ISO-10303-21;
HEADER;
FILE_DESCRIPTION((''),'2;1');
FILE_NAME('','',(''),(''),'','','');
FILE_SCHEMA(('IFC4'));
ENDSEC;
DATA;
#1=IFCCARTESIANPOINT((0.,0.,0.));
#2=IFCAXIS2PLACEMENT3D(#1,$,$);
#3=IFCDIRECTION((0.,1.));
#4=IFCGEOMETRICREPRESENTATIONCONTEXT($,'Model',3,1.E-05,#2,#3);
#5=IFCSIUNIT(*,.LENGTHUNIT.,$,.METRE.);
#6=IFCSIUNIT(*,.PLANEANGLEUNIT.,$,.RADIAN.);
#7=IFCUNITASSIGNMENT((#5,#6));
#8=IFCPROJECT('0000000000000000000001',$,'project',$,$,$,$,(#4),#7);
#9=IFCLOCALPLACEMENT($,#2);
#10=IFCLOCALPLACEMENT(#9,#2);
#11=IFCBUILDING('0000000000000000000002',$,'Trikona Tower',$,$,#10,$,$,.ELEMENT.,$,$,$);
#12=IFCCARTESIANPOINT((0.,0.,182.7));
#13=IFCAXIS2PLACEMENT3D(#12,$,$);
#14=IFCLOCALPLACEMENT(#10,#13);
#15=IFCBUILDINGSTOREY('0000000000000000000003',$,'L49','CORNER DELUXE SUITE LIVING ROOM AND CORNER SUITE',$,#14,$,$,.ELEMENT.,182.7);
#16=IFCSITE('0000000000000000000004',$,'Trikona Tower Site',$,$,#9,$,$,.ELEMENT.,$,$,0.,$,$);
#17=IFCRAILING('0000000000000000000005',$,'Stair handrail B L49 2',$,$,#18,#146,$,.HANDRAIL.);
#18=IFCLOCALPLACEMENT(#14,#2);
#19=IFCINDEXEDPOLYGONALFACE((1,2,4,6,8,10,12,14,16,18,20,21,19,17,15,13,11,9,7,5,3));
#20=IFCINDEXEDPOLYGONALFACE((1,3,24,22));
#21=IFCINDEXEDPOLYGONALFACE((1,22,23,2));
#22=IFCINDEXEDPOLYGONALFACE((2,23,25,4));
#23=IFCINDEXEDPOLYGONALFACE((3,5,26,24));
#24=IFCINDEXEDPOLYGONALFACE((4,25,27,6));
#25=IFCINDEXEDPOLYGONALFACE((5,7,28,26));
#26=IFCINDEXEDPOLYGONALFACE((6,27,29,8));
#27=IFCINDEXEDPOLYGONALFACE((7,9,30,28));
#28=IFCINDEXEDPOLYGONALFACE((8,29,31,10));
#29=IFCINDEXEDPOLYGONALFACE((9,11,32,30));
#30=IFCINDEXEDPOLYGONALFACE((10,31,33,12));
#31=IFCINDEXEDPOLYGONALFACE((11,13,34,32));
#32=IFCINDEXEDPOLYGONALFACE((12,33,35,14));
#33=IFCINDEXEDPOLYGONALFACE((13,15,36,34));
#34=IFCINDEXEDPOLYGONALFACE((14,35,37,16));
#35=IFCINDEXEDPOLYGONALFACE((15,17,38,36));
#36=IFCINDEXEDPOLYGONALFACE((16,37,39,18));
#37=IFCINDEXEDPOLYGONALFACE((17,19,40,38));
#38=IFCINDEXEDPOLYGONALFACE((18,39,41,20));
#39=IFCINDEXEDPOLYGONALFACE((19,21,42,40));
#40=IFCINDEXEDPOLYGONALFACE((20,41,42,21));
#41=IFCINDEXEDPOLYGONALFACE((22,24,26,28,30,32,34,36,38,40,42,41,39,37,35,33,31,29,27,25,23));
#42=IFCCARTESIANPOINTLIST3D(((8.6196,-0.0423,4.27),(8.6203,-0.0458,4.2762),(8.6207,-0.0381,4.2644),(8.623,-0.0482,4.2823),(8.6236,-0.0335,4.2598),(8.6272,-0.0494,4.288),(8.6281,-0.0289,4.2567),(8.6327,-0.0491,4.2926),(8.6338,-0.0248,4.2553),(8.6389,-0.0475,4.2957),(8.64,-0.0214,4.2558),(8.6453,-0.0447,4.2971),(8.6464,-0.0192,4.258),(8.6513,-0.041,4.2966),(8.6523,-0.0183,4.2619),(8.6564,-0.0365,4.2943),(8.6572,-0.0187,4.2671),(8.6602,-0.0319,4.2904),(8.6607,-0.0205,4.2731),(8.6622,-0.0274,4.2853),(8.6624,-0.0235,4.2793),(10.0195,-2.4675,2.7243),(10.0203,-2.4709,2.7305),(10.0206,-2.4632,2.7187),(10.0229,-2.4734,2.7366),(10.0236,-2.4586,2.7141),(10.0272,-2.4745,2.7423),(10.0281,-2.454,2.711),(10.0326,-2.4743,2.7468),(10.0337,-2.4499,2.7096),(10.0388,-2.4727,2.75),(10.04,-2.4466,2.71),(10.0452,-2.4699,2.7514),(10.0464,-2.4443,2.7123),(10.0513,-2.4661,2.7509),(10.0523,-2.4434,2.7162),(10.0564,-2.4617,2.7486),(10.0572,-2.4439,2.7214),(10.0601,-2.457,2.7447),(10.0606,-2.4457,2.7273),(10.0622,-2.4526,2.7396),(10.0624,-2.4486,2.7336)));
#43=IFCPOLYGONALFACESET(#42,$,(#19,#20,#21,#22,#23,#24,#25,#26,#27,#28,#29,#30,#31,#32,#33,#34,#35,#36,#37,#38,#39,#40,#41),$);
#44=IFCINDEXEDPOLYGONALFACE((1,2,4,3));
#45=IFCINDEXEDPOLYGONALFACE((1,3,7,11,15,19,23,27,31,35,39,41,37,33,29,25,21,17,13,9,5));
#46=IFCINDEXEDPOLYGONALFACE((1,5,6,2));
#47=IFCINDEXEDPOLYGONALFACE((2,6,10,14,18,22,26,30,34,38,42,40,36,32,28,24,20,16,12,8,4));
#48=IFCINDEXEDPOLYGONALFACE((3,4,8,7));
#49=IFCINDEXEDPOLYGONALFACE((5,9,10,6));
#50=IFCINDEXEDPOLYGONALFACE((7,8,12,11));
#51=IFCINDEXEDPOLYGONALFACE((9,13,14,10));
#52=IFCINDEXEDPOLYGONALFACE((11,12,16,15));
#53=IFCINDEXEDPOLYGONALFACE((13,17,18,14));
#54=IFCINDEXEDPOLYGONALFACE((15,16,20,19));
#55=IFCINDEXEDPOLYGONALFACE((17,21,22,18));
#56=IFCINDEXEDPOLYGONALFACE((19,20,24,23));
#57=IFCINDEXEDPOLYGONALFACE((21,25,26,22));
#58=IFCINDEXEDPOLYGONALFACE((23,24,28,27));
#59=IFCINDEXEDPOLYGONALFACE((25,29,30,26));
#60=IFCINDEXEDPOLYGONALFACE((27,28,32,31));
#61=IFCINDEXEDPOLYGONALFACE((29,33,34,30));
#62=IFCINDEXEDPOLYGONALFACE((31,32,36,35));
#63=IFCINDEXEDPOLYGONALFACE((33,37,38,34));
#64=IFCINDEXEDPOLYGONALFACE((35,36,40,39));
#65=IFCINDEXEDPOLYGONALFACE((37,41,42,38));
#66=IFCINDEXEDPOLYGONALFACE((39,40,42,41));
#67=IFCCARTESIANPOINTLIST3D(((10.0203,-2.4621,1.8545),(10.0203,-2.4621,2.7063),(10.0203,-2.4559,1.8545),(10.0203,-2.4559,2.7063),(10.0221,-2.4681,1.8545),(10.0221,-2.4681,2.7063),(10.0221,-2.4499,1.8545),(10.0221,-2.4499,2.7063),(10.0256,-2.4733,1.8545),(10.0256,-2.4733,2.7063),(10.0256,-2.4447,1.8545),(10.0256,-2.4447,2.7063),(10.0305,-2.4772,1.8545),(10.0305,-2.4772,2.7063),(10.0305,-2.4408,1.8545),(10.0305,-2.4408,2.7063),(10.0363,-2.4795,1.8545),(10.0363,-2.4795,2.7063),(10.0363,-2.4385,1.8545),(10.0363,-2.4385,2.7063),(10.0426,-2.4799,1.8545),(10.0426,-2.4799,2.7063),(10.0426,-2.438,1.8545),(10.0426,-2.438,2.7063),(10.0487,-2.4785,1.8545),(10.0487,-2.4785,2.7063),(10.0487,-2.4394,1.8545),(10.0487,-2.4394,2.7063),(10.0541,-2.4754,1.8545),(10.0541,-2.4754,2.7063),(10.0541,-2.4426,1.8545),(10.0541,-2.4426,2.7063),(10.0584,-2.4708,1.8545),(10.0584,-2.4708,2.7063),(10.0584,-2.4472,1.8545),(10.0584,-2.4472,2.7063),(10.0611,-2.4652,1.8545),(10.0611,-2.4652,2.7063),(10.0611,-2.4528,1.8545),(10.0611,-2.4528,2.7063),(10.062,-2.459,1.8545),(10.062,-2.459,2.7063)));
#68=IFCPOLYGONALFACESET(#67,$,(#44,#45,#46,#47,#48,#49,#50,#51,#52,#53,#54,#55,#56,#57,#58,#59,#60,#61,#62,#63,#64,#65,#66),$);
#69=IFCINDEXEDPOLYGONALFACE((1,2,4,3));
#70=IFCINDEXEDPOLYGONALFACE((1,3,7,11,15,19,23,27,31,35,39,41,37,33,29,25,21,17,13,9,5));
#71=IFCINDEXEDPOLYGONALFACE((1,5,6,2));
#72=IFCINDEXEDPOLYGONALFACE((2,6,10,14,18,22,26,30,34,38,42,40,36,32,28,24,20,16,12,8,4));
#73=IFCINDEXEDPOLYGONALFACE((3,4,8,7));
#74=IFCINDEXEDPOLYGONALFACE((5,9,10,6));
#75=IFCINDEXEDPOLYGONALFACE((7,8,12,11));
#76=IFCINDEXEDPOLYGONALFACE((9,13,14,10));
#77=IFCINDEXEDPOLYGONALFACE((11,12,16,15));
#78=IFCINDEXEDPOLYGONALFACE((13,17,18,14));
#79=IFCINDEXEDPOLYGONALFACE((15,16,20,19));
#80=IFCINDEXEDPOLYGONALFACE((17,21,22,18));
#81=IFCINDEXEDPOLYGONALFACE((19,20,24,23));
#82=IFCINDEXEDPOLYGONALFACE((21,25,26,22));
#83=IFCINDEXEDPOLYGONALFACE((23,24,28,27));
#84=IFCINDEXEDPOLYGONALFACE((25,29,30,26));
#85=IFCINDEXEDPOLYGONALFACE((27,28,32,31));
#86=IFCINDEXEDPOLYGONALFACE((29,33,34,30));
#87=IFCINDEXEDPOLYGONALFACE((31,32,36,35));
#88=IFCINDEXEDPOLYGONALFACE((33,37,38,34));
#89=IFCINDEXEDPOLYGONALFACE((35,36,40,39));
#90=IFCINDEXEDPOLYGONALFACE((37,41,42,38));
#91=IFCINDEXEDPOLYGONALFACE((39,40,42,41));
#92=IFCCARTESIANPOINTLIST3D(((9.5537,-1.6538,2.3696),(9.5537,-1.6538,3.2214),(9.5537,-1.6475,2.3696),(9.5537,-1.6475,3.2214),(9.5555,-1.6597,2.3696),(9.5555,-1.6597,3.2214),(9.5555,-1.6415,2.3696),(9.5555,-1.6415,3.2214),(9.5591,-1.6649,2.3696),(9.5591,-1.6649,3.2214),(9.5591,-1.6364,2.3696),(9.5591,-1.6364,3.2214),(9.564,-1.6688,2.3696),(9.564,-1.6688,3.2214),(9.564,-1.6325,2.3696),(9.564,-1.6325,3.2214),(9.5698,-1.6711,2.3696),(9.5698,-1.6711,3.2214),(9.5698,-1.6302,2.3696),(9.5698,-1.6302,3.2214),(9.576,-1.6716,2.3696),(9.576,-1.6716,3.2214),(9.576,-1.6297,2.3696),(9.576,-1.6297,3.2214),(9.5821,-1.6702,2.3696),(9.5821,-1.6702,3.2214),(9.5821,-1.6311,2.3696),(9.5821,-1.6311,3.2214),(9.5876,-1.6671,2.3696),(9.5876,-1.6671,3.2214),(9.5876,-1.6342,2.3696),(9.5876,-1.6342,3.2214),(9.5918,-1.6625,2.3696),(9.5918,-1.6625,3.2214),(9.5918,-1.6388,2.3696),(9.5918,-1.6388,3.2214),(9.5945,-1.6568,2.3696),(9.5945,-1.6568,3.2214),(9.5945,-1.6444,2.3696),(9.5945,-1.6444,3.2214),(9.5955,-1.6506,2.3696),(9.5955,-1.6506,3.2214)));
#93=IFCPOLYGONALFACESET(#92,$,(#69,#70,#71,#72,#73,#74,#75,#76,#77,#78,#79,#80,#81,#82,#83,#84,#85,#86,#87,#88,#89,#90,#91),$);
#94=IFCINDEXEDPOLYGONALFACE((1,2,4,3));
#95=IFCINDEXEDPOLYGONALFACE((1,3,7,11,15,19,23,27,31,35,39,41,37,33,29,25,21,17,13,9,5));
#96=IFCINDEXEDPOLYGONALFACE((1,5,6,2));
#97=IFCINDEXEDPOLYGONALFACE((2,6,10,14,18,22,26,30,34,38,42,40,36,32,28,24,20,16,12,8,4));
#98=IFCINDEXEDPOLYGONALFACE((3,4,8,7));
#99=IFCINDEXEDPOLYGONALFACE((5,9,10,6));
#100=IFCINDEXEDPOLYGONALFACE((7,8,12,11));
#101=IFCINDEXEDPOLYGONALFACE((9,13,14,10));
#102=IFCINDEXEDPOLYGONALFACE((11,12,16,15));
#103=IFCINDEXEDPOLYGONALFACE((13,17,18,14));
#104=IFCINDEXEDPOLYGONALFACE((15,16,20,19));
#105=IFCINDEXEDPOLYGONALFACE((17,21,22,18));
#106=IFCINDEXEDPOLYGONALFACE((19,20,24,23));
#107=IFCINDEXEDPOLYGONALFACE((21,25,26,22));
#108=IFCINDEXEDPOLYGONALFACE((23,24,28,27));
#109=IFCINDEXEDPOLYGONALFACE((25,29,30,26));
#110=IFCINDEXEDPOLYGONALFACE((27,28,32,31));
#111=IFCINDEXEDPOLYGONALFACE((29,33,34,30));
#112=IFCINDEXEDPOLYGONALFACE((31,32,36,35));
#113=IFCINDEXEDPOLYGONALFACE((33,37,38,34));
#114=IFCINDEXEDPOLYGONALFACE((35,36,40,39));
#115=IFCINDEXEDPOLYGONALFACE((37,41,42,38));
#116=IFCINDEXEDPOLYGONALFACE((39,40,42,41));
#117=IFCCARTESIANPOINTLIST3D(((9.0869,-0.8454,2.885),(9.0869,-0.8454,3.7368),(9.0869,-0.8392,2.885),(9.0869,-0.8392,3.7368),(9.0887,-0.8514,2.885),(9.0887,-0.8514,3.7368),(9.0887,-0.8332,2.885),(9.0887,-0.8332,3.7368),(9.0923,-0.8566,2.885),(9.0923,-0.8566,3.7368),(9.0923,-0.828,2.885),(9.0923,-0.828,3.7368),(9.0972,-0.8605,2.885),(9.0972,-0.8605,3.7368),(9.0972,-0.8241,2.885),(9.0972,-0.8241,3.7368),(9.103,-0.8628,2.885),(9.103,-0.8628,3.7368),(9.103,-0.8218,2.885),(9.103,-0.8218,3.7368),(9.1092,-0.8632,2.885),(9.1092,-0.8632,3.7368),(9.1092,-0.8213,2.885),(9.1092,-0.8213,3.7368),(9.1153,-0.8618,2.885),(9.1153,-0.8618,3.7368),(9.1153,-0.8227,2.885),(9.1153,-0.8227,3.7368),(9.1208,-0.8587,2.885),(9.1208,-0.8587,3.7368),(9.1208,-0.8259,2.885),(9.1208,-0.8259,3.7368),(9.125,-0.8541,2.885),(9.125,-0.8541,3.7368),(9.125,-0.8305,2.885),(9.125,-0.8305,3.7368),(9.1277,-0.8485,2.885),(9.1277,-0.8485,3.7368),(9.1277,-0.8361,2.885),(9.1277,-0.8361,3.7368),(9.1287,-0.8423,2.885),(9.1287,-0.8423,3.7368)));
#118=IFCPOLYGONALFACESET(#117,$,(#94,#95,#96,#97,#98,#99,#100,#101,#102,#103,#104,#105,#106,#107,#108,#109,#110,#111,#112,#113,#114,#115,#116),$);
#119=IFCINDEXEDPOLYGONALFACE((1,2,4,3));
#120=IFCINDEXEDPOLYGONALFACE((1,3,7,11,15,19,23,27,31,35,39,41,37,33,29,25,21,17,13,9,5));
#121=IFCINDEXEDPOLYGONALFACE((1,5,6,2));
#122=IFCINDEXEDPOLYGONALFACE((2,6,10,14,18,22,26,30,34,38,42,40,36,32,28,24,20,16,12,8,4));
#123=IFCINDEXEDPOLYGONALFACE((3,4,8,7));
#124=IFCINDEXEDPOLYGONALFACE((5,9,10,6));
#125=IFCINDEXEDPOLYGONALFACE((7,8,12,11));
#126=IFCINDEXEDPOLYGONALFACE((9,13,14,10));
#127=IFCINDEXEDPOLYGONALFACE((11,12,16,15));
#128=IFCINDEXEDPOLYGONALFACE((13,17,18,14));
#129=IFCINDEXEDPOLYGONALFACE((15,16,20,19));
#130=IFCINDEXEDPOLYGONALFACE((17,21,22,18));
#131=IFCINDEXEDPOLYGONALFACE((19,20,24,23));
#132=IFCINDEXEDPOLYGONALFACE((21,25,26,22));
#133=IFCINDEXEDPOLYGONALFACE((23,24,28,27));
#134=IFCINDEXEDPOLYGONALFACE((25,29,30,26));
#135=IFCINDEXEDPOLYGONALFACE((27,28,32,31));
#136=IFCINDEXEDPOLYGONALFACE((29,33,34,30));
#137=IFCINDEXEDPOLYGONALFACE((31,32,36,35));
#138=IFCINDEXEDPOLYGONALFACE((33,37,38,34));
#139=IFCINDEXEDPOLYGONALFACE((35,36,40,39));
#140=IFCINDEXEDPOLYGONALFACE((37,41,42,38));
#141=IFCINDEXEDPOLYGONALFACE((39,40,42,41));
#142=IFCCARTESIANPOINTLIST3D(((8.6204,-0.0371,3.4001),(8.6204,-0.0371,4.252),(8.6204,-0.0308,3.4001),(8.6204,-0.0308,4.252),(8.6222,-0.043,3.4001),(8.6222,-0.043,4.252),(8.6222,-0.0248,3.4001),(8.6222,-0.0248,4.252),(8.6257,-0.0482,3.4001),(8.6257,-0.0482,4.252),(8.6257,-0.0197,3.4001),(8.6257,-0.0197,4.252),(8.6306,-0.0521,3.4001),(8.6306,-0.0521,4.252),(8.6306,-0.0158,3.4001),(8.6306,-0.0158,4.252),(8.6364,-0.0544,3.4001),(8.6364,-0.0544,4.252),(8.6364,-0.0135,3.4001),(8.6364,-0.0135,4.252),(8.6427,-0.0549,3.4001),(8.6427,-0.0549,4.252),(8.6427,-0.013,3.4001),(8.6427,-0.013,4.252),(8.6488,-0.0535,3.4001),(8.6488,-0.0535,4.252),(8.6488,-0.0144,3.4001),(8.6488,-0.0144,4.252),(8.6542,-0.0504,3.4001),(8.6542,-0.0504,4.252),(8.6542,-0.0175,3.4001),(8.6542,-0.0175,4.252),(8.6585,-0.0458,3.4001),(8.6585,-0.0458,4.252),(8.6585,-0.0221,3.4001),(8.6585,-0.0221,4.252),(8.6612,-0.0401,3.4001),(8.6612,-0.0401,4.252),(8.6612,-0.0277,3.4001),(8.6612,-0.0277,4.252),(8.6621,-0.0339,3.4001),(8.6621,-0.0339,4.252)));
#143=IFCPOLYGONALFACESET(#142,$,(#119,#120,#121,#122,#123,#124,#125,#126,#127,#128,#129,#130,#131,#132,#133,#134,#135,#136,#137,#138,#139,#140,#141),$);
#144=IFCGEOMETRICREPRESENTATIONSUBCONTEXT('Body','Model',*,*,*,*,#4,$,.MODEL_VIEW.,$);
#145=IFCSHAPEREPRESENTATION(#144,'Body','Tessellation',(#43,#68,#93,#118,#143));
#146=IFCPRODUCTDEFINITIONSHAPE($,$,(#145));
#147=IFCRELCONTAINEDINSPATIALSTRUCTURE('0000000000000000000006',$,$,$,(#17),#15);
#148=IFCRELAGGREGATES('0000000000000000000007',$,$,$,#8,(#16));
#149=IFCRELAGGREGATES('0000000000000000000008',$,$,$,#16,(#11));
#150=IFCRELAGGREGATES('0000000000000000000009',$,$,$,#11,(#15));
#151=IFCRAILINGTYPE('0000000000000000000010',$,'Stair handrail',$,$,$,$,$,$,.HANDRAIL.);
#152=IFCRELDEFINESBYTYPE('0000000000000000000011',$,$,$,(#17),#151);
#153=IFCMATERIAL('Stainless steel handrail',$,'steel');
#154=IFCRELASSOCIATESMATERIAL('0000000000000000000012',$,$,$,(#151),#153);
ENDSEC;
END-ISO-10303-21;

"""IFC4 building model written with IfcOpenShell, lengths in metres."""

from ifc_helpers import new_model, si_unit, direction, frame, origin, origin_2d, place, context, subcontext, project, spatial, circle, extrude, material, type_object, element, save


model = new_model("IFC4")

# Units and contexts
model_context = context("Model", 3, precision=1e-05, world=origin(), true_north=direction((0.0, 1.0)))
body_context = subcontext(model_context, "Body", "Model", "MODEL_VIEW")
ifc_project = project(units=[si_unit("LENGTHUNIT", "METRE"), si_unit("PLANEANGLEUNIT", "RADIAN")], contexts=[model_context])

# Site, building, storey
site_placement = place(None, origin())
site = spatial("IfcSite", under=ifc_project, at=site_placement, Name="Trikona Tower Site", CompositionType="ELEMENT", RefElevation=0.0)
building_placement = place(site_placement, origin())
building = spatial("IfcBuilding", under=site, at=building_placement, Name="Trikona Tower", CompositionType="ELEMENT")
storey_placement = place(building_placement, frame((0.0, 0.0, 182.7)))
storey = spatial("IfcBuildingStorey", under=building, at=storey_placement, Name="L49", Description="CORNER DELUXE SUITE LIVING ROOM AND CORNER SUITE", CompositionType="ELEMENT", Elevation=182.7)

# Railing
ifc_material_1 = material(Name="Stainless steel handrail", Category="steel")
railing_type = type_object("IfcRailingType", Name="Stair handrail", PredefinedType="HANDRAIL", material=ifc_material_1)
railing_placement = place(storey_placement, frame((10.041, -2.459, 1.8545)))
element("IfcRailing", 1, at=railing_placement, inside=storey, type_object=railing_type, Name="Stair handrail B L49 2", PredefinedType="HANDRAIL", context=body_context, shape_type="SweptSolid", body=[
    extrude(circle(Radius=0.0239, at=origin_2d()), frame((0.0, 0.0, 0.876), z_axis=(-0.437691, 0.758212, 0.483262), x_axis=(-0.866056, -0.499946, 0.0)), (0.0, 0.0, 1.0), 3.1985),
    extrude(circle(Radius=0.021, at=origin_2d()), origin(), (0.0, 0.0, 1.0), 0.8518),
    extrude(circle(Radius=0.021, at=origin_2d()), frame((-0.4666, 0.8083, 0.5151)), (0.0, 0.0, 1.0), 0.8518),
    extrude(circle(Radius=0.021, at=origin_2d()), frame((-0.9333, 1.6167, 1.0305)), (0.0, 0.0, 1.0), 0.8518),
    extrude(circle(Radius=0.021, at=origin_2d()), frame((-1.3999, 2.425, 1.5457)), (0.0, 0.0, 1.0), 0.8518),
])

save(model, "model.ifc")
